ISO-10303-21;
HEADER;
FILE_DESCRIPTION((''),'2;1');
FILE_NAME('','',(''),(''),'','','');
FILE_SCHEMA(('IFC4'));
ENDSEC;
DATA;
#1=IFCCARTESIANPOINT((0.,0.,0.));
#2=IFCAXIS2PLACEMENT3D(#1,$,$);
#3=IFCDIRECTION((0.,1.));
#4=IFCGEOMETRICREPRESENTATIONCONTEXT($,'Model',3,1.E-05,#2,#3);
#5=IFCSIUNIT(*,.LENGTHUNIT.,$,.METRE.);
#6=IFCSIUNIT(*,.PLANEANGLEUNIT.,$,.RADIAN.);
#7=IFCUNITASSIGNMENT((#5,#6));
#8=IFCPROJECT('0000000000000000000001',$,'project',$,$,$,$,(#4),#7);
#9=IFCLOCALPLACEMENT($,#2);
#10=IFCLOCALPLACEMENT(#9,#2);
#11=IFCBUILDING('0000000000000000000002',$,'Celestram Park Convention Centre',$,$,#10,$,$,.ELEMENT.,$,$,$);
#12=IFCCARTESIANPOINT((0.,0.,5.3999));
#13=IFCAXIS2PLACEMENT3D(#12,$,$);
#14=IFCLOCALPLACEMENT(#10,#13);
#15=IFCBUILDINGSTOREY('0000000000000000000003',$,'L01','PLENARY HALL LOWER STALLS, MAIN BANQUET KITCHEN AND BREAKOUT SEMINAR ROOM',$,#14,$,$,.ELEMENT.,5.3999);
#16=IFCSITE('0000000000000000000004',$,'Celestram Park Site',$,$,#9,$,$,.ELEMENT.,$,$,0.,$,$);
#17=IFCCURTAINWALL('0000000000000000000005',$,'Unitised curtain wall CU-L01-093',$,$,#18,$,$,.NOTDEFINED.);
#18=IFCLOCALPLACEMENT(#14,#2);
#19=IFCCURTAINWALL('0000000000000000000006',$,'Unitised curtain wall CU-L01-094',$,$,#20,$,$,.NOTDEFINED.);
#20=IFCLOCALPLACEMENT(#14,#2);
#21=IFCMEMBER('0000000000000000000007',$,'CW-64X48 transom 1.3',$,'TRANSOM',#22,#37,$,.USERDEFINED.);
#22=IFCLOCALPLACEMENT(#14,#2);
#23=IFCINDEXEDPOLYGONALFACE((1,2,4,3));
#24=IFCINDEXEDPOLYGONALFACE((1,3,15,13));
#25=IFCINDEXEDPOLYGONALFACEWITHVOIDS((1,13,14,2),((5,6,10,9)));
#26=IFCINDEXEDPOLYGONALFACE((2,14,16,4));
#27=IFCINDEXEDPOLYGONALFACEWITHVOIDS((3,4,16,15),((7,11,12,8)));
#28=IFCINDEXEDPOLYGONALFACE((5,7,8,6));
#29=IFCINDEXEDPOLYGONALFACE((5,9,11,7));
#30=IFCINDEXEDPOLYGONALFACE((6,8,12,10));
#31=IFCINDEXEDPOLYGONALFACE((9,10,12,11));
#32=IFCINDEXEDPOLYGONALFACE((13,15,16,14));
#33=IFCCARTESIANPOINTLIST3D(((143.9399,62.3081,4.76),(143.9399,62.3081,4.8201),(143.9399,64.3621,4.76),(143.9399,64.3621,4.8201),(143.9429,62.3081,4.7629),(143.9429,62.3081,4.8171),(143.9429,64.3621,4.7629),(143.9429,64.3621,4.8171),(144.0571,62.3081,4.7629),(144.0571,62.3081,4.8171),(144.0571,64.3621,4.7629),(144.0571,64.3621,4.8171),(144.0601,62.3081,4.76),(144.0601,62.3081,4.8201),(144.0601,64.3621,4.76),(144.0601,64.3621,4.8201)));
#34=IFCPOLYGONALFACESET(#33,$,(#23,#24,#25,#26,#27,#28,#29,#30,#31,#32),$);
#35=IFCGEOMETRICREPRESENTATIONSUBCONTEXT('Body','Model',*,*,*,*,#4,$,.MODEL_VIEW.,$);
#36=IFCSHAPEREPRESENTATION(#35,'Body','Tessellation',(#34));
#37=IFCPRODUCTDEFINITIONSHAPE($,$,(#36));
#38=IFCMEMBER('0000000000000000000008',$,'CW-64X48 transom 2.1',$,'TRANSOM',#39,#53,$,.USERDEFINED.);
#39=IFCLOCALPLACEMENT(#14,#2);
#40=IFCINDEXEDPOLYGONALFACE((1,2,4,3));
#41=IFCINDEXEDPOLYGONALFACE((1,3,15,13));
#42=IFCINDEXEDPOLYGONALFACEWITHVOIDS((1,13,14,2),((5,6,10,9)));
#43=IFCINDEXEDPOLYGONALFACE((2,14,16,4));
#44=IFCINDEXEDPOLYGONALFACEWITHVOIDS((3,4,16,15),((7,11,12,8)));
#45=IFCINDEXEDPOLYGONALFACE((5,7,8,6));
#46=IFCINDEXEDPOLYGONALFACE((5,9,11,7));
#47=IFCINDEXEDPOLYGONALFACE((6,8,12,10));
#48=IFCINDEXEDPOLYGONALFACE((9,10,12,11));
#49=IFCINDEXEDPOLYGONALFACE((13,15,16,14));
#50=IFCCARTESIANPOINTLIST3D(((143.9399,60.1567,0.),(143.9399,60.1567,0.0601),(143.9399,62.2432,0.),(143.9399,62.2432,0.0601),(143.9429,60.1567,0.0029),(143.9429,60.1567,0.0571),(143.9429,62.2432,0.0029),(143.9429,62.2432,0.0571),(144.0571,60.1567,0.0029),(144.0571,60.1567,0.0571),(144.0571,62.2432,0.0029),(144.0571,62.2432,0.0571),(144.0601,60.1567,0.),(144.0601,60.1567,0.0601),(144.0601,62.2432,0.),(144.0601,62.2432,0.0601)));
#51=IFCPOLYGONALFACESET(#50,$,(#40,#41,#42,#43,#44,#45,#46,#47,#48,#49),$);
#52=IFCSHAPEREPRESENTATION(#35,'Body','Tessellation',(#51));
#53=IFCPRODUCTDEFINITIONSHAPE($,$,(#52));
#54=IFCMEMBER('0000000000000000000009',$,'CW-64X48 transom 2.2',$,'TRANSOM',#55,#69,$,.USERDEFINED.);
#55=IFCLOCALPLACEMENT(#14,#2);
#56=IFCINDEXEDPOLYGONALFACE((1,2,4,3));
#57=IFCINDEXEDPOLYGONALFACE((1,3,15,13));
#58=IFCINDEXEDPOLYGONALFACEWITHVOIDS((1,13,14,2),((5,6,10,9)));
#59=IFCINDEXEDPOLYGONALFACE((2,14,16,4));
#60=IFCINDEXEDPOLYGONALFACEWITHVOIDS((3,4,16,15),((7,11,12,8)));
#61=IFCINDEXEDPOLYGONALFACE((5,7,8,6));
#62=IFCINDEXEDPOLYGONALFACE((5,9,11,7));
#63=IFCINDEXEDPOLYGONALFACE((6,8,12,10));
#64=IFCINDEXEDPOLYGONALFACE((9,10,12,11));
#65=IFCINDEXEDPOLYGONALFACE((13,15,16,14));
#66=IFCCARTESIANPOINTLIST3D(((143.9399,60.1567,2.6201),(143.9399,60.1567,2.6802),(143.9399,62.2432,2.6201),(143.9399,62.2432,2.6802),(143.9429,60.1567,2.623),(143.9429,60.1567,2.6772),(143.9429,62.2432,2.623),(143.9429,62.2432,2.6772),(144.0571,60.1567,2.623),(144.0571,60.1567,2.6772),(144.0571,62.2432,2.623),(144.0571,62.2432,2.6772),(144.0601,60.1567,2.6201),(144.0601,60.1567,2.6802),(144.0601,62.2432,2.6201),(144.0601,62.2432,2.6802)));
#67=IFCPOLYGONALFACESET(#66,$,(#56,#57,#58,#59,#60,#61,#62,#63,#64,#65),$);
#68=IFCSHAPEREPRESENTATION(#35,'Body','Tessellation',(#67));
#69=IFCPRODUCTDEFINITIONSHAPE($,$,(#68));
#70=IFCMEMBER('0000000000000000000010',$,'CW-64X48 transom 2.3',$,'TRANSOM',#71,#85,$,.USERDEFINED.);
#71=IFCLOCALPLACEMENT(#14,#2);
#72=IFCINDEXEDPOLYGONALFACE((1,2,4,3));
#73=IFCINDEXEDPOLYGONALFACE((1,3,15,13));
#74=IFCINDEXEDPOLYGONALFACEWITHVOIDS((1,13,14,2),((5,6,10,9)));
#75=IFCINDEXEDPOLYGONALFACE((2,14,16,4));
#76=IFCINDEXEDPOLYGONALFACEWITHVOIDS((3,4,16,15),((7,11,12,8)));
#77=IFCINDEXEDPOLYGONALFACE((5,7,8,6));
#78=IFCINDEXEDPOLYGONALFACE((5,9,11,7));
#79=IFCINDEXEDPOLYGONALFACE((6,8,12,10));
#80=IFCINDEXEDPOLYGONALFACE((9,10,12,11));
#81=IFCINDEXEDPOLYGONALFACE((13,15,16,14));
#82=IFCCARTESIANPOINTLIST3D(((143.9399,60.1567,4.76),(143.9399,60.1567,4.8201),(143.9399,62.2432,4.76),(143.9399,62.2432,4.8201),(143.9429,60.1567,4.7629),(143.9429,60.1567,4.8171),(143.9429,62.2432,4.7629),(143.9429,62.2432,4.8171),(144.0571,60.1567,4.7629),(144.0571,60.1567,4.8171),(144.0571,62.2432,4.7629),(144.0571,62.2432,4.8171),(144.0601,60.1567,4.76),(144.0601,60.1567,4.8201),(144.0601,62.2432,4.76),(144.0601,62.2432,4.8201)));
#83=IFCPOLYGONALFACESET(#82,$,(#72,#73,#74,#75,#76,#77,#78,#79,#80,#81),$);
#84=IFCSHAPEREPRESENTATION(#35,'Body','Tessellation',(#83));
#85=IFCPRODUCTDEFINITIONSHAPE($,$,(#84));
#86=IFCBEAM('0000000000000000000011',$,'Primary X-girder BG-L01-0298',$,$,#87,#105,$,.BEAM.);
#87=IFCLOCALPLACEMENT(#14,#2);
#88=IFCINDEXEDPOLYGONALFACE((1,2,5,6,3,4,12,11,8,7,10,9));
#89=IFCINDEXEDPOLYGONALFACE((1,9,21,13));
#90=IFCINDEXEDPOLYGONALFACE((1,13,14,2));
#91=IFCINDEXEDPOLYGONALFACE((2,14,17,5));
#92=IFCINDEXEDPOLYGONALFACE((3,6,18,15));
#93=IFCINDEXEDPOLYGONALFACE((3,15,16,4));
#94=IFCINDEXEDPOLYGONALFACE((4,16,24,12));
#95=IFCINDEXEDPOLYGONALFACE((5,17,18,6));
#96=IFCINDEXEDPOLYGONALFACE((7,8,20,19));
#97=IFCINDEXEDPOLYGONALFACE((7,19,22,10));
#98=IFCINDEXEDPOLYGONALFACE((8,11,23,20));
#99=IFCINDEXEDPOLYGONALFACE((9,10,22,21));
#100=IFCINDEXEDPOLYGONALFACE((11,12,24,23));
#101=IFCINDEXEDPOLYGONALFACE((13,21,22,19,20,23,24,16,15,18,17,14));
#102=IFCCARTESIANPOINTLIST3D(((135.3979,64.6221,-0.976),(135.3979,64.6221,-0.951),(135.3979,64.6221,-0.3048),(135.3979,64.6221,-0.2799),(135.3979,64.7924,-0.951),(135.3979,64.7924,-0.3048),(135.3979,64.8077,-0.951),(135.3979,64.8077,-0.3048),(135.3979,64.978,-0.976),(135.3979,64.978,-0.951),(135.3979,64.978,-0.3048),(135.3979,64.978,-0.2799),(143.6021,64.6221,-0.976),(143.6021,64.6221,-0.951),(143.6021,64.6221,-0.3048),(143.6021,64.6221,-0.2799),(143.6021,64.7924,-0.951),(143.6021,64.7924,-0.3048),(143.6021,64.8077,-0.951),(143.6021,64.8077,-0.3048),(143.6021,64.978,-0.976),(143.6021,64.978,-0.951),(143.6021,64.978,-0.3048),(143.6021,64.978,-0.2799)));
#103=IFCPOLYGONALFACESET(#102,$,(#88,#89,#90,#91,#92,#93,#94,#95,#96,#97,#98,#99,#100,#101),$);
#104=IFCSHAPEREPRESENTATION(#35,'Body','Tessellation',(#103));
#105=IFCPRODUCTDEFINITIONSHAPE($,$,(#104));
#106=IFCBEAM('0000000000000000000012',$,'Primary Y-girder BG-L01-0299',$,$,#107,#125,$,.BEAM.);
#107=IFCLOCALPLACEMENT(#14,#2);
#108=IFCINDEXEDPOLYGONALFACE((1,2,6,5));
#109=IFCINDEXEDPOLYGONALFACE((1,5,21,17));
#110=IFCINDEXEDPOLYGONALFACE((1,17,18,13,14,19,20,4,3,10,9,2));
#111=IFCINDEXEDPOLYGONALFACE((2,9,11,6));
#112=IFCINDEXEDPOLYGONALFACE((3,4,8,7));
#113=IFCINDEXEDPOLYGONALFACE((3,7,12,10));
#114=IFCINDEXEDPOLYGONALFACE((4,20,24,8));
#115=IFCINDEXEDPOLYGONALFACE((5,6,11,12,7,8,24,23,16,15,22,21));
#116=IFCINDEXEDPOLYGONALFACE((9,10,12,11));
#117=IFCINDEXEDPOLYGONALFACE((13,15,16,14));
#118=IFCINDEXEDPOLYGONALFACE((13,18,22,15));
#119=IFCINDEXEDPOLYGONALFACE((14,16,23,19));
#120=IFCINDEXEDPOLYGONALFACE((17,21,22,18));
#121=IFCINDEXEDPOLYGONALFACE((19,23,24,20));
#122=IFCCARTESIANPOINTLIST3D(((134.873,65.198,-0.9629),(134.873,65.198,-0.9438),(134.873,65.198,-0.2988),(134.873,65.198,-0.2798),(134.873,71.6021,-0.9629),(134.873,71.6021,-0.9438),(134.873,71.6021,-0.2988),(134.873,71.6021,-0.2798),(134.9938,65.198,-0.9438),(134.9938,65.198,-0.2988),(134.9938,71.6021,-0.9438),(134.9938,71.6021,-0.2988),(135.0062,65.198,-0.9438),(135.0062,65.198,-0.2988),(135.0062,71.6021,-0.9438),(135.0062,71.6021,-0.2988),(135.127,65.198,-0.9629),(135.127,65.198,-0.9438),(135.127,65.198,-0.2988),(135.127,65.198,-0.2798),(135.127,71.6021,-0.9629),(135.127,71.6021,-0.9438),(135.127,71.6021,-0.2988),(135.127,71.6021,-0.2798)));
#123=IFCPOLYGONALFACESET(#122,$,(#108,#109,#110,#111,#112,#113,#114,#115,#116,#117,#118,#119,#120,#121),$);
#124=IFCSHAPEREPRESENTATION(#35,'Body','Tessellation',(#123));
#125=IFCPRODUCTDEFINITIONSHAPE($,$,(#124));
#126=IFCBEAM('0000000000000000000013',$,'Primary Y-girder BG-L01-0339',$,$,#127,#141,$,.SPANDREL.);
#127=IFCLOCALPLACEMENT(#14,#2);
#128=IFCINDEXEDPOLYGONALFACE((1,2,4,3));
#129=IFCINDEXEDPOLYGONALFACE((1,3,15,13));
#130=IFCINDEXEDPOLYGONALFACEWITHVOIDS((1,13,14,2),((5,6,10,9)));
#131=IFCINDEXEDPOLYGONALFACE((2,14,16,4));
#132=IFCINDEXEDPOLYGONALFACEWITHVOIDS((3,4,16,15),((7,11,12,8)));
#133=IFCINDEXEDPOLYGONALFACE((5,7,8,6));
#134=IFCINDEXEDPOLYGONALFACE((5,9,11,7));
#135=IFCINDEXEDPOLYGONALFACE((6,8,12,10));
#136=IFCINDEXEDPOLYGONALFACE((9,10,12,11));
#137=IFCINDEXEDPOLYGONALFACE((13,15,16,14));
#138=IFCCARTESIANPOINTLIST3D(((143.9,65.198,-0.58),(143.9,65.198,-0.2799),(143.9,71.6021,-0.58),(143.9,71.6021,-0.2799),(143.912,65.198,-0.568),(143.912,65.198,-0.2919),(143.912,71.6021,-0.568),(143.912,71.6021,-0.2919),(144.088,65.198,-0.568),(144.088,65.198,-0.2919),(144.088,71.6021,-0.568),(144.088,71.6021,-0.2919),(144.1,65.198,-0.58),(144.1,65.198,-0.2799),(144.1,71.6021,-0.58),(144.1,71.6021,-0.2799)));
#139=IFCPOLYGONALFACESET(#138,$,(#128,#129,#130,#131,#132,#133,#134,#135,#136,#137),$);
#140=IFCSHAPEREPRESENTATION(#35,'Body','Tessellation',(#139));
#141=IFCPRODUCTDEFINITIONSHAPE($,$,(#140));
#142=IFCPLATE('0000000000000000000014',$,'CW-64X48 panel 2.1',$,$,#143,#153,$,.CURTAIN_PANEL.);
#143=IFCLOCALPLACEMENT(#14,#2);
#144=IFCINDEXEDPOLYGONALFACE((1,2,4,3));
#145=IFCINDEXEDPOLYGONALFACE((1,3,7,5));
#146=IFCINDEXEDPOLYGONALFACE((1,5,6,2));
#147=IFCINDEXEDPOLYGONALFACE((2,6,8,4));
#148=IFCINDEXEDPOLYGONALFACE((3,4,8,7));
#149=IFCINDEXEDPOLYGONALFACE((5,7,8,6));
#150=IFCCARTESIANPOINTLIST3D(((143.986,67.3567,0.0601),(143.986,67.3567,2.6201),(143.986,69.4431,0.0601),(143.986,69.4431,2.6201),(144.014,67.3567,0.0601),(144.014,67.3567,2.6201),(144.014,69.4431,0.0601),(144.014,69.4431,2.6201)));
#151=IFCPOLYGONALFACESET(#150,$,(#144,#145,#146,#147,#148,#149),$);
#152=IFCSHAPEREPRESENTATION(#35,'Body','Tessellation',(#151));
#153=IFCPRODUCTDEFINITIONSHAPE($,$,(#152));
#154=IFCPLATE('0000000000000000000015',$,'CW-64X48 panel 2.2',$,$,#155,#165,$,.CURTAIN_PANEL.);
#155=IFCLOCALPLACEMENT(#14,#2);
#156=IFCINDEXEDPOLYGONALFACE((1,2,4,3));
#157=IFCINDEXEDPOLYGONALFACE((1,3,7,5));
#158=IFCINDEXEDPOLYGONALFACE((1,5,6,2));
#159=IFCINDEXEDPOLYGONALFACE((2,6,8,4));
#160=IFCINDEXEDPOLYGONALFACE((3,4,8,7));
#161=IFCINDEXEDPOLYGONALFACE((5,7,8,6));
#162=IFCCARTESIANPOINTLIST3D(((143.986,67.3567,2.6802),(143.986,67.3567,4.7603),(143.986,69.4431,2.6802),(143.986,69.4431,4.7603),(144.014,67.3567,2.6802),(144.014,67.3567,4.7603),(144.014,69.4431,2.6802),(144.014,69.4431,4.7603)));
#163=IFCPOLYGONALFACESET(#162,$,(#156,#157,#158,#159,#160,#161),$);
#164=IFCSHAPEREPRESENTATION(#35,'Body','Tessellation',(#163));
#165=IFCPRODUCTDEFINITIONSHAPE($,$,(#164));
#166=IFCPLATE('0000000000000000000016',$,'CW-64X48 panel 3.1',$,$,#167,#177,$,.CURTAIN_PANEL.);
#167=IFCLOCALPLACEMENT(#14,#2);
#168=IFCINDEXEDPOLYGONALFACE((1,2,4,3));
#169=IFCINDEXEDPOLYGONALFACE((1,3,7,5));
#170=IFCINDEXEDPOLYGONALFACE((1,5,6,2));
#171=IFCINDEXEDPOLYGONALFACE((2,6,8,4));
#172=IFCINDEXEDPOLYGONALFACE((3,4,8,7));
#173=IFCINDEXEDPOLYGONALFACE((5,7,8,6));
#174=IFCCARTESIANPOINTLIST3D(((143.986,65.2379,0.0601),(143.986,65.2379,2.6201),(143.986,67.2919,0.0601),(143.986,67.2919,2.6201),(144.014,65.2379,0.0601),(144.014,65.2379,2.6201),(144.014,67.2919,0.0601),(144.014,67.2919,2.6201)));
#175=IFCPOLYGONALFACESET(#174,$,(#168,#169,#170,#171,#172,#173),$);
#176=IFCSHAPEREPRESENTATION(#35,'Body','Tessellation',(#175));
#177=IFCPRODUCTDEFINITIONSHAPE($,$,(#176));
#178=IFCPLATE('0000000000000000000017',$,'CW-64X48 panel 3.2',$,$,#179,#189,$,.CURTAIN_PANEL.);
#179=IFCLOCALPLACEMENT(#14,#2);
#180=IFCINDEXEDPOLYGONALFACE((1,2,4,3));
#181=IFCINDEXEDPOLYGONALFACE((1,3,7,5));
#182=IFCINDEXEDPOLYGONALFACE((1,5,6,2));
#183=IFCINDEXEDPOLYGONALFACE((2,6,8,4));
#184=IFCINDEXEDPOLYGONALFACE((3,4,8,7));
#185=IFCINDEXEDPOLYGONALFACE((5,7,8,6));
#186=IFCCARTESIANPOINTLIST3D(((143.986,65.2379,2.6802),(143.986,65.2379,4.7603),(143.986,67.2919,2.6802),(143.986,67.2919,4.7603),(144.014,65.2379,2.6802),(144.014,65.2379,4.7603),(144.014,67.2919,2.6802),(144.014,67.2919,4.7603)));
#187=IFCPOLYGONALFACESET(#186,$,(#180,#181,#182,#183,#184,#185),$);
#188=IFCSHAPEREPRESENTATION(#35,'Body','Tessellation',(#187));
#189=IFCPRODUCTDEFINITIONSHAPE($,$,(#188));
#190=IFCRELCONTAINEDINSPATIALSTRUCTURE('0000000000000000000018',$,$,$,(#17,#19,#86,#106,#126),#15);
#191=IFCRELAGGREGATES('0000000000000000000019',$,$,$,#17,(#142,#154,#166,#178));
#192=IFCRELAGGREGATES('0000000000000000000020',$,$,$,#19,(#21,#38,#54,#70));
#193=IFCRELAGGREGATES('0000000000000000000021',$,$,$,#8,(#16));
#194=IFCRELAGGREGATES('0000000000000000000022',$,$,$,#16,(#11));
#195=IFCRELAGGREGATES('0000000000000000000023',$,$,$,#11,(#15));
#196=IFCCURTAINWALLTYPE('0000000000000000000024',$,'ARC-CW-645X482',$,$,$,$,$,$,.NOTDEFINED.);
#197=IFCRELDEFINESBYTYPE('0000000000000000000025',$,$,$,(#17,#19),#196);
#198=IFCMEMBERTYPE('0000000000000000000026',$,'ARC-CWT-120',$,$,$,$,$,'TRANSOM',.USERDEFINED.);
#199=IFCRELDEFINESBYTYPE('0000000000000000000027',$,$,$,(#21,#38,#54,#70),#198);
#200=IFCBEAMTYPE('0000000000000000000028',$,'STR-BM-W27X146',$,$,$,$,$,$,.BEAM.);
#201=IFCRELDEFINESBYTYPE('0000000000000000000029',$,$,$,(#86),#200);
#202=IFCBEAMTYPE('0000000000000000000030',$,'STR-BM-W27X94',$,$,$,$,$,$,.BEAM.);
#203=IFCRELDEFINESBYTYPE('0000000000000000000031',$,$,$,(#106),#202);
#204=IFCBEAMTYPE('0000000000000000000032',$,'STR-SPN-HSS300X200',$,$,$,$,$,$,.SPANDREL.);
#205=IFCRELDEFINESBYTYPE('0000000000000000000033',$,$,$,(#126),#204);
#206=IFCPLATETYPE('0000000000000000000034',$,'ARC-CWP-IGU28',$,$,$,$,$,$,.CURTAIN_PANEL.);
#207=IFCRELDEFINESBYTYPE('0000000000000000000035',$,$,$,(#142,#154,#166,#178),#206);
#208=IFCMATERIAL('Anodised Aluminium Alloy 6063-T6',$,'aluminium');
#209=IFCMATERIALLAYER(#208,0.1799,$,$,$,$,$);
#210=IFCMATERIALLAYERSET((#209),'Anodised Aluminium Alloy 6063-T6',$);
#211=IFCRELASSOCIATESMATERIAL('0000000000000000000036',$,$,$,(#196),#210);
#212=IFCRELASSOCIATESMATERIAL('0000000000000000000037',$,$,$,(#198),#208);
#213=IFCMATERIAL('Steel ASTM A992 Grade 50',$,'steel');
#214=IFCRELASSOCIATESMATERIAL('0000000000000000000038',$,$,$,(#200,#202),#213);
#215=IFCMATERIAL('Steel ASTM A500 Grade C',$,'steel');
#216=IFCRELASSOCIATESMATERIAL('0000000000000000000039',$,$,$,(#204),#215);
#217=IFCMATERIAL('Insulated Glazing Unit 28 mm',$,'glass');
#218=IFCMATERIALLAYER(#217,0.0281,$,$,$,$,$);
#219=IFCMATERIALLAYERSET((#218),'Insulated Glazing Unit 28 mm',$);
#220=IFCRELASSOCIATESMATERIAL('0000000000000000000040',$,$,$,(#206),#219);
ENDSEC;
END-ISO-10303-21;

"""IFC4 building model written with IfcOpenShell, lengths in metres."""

from ifc_helpers import new_model, si_unit, direction, frame, origin, origin_2d, place, context, subcontext, project, spatial, rectangle, hollow_rectangle, i_section, extrude, material, layer, layer_set, material_profile, profile_set, type_object, element, aggregate, save


model = new_model("IFC4")

# Units and contexts
model_context = context("Model", 3, precision=1e-05, world=origin(), true_north=direction((0.0, 1.0)))
body_context = subcontext(model_context, "Body", "Model", "MODEL_VIEW")
ifc_project = project(units=[si_unit("LENGTHUNIT", "METRE"), si_unit("PLANEANGLEUNIT", "RADIAN")], contexts=[model_context])

# Site, building, storey
site_placement = place(None, origin())
site = spatial("IfcSite", under=ifc_project, at=site_placement, Name="Celestram Park Site", CompositionType="ELEMENT", RefElevation=0.0)
building_placement = place(site_placement, origin())
building = spatial("IfcBuilding", under=site, at=building_placement, Name="Celestram Park Convention Centre", CompositionType="ELEMENT")
storey_placement = place(building_placement, frame((0.0, 0.0, 5.3999)))
storey = spatial("IfcBuildingStorey", under=building, at=storey_placement, Name="L01", Description="PLENARY HALL LOWER STALLS, MAIN BANQUET KITCHEN AND BREAKOUT SEMINAR ROOM", CompositionType="ELEMENT", Elevation=5.3999)

# Curtain walls
ifc_material_1 = material(Name="Anodised Aluminium Alloy 6063-T6", Category="aluminium")
ifc_layer_1 = layer(ifc_material_1, 0.1799)
ifc_layer_set_1 = layer_set([ifc_layer_1], Name="Anodised Aluminium Alloy 6063-T6")
curtain_wall_type = type_object("IfcCurtainWallType", Name="ARC-CW-645X482", PredefinedType="NOTDEFINED", material=ifc_layer_set_1)
curtain_wall_1_placement = place(storey_placement, origin())
curtain_wall_1 = element("IfcCurtainWall", 1, at=curtain_wall_1_placement, inside=storey, type_object=curtain_wall_type, Name="Unitised curtain wall CU-L01-093", PredefinedType="NOTDEFINED")
curtain_wall_2_placement = place(storey_placement, origin())
curtain_wall_2 = element("IfcCurtainWall", 2, at=curtain_wall_2_placement, inside=storey, type_object=curtain_wall_type, Name="Unitised curtain wall CU-L01-094", PredefinedType="NOTDEFINED")

# Members
ifc_material_profile_1 = material_profile(ifc_material_1, hollow_rectangle(XDim=0.1201, YDim=0.0601, WallThickness=0.0029, at=origin_2d()), Name="ALU120X60X3")
ifc_profile_set_1 = profile_set([ifc_material_profile_1], Name="Anodised Aluminium Alloy 6063-T6")
member_type_1 = type_object("IfcMemberType", Name="ARC-CWT-120", ElementType="TRANSOM", PredefinedType="USERDEFINED", material=ifc_profile_set_1)
member_1_placement = place(storey_placement, frame((144.0, 64.3621, 4.79), z_axis=(0.0, -1.0, 0.0), x_axis=(1.0, 0.0, 0.0)))
member_1 = element("IfcMember", 3, at=member_1_placement, type_object=member_type_1, Name="CW-64X48 transom 1.3", ObjectType="TRANSOM", PredefinedType="USERDEFINED", context=body_context, shape_type="SweptSolid", body=[
    extrude(hollow_rectangle(XDim=0.1201, YDim=0.0601, WallThickness=0.0029, at=origin_2d()), origin(), (0.0, 0.0, 1.0), 2.054),
])
member_2_placement = place(storey_placement, frame((144.0, 62.2432, 0.03), z_axis=(0.0, -1.0, 0.0), x_axis=(1.0, 0.0, 0.0)))
member_2 = element("IfcMember", 4, at=member_2_placement, type_object=member_type_1, Name="CW-64X48 transom 2.1", ObjectType="TRANSOM", PredefinedType="USERDEFINED", context=body_context, shape_type="SweptSolid", body=[
    extrude(hollow_rectangle(XDim=0.1201, YDim=0.0601, WallThickness=0.0029, at=origin_2d()), origin(), (0.0, 0.0, 1.0), 2.0864),
])
member_3_placement = place(storey_placement, frame((144.0, 62.2432, 2.6501), z_axis=(0.0, -1.0, 0.0), x_axis=(1.0, 0.0, 0.0)))
member_3 = element("IfcMember", 5, at=member_3_placement, type_object=member_type_1, Name="CW-64X48 transom 2.2", ObjectType="TRANSOM", PredefinedType="USERDEFINED", context=body_context, shape_type="SweptSolid", body=[
    extrude(hollow_rectangle(XDim=0.1201, YDim=0.0601, WallThickness=0.0029, at=origin_2d()), origin(), (0.0, 0.0, 1.0), 2.0864),
])
member_4_placement = place(storey_placement, frame((144.0, 62.2432, 4.79), z_axis=(0.0, -1.0, 0.0), x_axis=(1.0, 0.0, 0.0)))
member_4 = element("IfcMember", 6, at=member_4_placement, type_object=member_type_1, Name="CW-64X48 transom 2.3", ObjectType="TRANSOM", PredefinedType="USERDEFINED", context=body_context, shape_type="SweptSolid", body=[
    extrude(hollow_rectangle(XDim=0.1201, YDim=0.0601, WallThickness=0.0029, at=origin_2d()), origin(), (0.0, 0.0, 1.0), 2.0864),
])

# Beams
ifc_material_2 = material(Name="Steel ASTM A992 Grade 50", Category="steel")
ifc_material_profile_2 = material_profile(ifc_material_2, i_section(OverallWidth=0.356, OverallDepth=0.696, WebThickness=0.0154, FlangeThickness=0.0249, at=origin_2d()), Name="W27X146")
ifc_profile_set_2 = profile_set([ifc_material_profile_2], Name="Steel ASTM A992 Grade 50")
beam_type_1 = type_object("IfcBeamType", Name="STR-BM-W27X146", PredefinedType="BEAM", material=ifc_profile_set_2)
beam_1_placement = place(storey_placement, frame((135.3979, 64.8, -0.6279), z_axis=(1.0, 0.0, 0.0), x_axis=(0.0, 1.0, 0.0)))
element("IfcBeam", 7, at=beam_1_placement, inside=storey, type_object=beam_type_1, Name="Primary X-girder BG-L01-0298", PredefinedType="BEAM", context=body_context, shape_type="SweptSolid", body=[
    extrude(i_section(OverallWidth=0.356, OverallDepth=0.696, WebThickness=0.0154, FlangeThickness=0.0249, at=origin_2d()), origin(), (0.0, 0.0, 1.0), 8.2041),
])
ifc_material_profile_3 = material_profile(ifc_material_2, i_section(OverallWidth=0.2539, OverallDepth=0.6831, WebThickness=0.0125, FlangeThickness=0.019, at=origin_2d()), Name="W27X94")
ifc_profile_set_3 = profile_set([ifc_material_profile_3], Name="Steel ASTM A992 Grade 50")
beam_type_2 = type_object("IfcBeamType", Name="STR-BM-W27X94", PredefinedType="BEAM", material=ifc_profile_set_3)
beam_2_placement = place(storey_placement, frame((135.0, 65.198, -0.6213), z_axis=(0.0, 1.0, 0.0), x_axis=(-1.0, 0.0, 0.0)))
element("IfcBeam", 8, at=beam_2_placement, inside=storey, type_object=beam_type_2, Name="Primary Y-girder BG-L01-0299", PredefinedType="BEAM", context=body_context, shape_type="SweptSolid", body=[
    extrude(i_section(OverallWidth=0.2539, OverallDepth=0.6831, WebThickness=0.0125, FlangeThickness=0.019, at=origin_2d()), origin(), (0.0, 0.0, 1.0), 6.4041),
])
ifc_material_3 = material(Name="Steel ASTM A500 Grade C", Category="steel")
ifc_material_profile_4 = material_profile(ifc_material_3, hollow_rectangle(XDim=0.2, YDim=0.3, WallThickness=0.012, at=origin_2d()), Name="HSS300X200X12")
ifc_profile_set_4 = profile_set([ifc_material_profile_4], Name="Steel ASTM A500 Grade C")
beam_type_3 = type_object("IfcBeamType", Name="STR-SPN-HSS300X200", PredefinedType="SPANDREL", material=ifc_profile_set_4)
beam_3_placement = place(storey_placement, frame((144.0, 65.198, -0.4299), z_axis=(0.0, 1.0, 0.0), x_axis=(-1.0, 0.0, 0.0)))
element("IfcBeam", 9, at=beam_3_placement, inside=storey, type_object=beam_type_3, Name="Primary Y-girder BG-L01-0339", PredefinedType="SPANDREL", context=body_context, shape_type="SweptSolid", body=[
    extrude(hollow_rectangle(XDim=0.2, YDim=0.3, WallThickness=0.012, at=origin_2d()), origin(), (0.0, 0.0, 1.0), 6.4041),
])

# Plates
ifc_material_4 = material(Name="Insulated Glazing Unit 28 mm", Category="glass")
ifc_layer_2 = layer(ifc_material_4, 0.0281)
ifc_layer_set_2 = layer_set([ifc_layer_2], Name="Insulated Glazing Unit 28 mm")
plate_type = type_object("IfcPlateType", Name="ARC-CWP-IGU28", PredefinedType="CURTAIN_PANEL", material=ifc_layer_set_2)
plate_1_placement = place(storey_placement, frame((144.0, 68.3999, 0.0601), z_axis=(0.0, 0.0, 1.0), x_axis=(0.0, -1.0, 0.0)))
plate_1 = element("IfcPlate", 10, at=plate_1_placement, type_object=plate_type, Name="CW-64X48 panel 2.1", PredefinedType="CURTAIN_PANEL", context=body_context, shape_type="SweptSolid", body=[
    extrude(rectangle(XDim=2.0864, YDim=0.0281, at=origin_2d()), origin(), (0.0, 0.0, 1.0), 2.5601),
])
plate_2_placement = place(storey_placement, frame((144.0, 68.3999, 2.6802), z_axis=(0.0, 0.0, 1.0), x_axis=(0.0, -1.0, 0.0)))
plate_2 = element("IfcPlate", 11, at=plate_2_placement, type_object=plate_type, Name="CW-64X48 panel 2.2", PredefinedType="CURTAIN_PANEL", context=body_context, shape_type="SweptSolid", body=[
    extrude(rectangle(XDim=2.0864, YDim=0.0281, at=origin_2d()), origin(), (0.0, 0.0, 1.0), 2.0801),
])
plate_3_placement = place(storey_placement, frame((144.0, 66.2649, 0.0601), z_axis=(0.0, 0.0, 1.0), x_axis=(0.0, -1.0, 0.0)))
plate_3 = element("IfcPlate", 12, at=plate_3_placement, type_object=plate_type, Name="CW-64X48 panel 3.1", PredefinedType="CURTAIN_PANEL", context=body_context, shape_type="SweptSolid", body=[
    extrude(rectangle(XDim=2.054, YDim=0.0281, at=origin_2d()), origin(), (0.0, 0.0, 1.0), 2.5601),
])
plate_4_placement = place(storey_placement, frame((144.0, 66.2649, 2.6802), z_axis=(0.0, 0.0, 1.0), x_axis=(0.0, -1.0, 0.0)))
plate_4 = element("IfcPlate", 13, at=plate_4_placement, type_object=plate_type, Name="CW-64X48 panel 3.2", PredefinedType="CURTAIN_PANEL", context=body_context, shape_type="SweptSolid", body=[
    extrude(rectangle(XDim=2.054, YDim=0.0281, at=origin_2d()), origin(), (0.0, 0.0, 1.0), 2.0801),
])
aggregate(curtain_wall_1, [plate_1, plate_2, plate_3, plate_4])
aggregate(curtain_wall_2, [member_1, member_2, member_3, member_4])

save(model, "model.ifc")
